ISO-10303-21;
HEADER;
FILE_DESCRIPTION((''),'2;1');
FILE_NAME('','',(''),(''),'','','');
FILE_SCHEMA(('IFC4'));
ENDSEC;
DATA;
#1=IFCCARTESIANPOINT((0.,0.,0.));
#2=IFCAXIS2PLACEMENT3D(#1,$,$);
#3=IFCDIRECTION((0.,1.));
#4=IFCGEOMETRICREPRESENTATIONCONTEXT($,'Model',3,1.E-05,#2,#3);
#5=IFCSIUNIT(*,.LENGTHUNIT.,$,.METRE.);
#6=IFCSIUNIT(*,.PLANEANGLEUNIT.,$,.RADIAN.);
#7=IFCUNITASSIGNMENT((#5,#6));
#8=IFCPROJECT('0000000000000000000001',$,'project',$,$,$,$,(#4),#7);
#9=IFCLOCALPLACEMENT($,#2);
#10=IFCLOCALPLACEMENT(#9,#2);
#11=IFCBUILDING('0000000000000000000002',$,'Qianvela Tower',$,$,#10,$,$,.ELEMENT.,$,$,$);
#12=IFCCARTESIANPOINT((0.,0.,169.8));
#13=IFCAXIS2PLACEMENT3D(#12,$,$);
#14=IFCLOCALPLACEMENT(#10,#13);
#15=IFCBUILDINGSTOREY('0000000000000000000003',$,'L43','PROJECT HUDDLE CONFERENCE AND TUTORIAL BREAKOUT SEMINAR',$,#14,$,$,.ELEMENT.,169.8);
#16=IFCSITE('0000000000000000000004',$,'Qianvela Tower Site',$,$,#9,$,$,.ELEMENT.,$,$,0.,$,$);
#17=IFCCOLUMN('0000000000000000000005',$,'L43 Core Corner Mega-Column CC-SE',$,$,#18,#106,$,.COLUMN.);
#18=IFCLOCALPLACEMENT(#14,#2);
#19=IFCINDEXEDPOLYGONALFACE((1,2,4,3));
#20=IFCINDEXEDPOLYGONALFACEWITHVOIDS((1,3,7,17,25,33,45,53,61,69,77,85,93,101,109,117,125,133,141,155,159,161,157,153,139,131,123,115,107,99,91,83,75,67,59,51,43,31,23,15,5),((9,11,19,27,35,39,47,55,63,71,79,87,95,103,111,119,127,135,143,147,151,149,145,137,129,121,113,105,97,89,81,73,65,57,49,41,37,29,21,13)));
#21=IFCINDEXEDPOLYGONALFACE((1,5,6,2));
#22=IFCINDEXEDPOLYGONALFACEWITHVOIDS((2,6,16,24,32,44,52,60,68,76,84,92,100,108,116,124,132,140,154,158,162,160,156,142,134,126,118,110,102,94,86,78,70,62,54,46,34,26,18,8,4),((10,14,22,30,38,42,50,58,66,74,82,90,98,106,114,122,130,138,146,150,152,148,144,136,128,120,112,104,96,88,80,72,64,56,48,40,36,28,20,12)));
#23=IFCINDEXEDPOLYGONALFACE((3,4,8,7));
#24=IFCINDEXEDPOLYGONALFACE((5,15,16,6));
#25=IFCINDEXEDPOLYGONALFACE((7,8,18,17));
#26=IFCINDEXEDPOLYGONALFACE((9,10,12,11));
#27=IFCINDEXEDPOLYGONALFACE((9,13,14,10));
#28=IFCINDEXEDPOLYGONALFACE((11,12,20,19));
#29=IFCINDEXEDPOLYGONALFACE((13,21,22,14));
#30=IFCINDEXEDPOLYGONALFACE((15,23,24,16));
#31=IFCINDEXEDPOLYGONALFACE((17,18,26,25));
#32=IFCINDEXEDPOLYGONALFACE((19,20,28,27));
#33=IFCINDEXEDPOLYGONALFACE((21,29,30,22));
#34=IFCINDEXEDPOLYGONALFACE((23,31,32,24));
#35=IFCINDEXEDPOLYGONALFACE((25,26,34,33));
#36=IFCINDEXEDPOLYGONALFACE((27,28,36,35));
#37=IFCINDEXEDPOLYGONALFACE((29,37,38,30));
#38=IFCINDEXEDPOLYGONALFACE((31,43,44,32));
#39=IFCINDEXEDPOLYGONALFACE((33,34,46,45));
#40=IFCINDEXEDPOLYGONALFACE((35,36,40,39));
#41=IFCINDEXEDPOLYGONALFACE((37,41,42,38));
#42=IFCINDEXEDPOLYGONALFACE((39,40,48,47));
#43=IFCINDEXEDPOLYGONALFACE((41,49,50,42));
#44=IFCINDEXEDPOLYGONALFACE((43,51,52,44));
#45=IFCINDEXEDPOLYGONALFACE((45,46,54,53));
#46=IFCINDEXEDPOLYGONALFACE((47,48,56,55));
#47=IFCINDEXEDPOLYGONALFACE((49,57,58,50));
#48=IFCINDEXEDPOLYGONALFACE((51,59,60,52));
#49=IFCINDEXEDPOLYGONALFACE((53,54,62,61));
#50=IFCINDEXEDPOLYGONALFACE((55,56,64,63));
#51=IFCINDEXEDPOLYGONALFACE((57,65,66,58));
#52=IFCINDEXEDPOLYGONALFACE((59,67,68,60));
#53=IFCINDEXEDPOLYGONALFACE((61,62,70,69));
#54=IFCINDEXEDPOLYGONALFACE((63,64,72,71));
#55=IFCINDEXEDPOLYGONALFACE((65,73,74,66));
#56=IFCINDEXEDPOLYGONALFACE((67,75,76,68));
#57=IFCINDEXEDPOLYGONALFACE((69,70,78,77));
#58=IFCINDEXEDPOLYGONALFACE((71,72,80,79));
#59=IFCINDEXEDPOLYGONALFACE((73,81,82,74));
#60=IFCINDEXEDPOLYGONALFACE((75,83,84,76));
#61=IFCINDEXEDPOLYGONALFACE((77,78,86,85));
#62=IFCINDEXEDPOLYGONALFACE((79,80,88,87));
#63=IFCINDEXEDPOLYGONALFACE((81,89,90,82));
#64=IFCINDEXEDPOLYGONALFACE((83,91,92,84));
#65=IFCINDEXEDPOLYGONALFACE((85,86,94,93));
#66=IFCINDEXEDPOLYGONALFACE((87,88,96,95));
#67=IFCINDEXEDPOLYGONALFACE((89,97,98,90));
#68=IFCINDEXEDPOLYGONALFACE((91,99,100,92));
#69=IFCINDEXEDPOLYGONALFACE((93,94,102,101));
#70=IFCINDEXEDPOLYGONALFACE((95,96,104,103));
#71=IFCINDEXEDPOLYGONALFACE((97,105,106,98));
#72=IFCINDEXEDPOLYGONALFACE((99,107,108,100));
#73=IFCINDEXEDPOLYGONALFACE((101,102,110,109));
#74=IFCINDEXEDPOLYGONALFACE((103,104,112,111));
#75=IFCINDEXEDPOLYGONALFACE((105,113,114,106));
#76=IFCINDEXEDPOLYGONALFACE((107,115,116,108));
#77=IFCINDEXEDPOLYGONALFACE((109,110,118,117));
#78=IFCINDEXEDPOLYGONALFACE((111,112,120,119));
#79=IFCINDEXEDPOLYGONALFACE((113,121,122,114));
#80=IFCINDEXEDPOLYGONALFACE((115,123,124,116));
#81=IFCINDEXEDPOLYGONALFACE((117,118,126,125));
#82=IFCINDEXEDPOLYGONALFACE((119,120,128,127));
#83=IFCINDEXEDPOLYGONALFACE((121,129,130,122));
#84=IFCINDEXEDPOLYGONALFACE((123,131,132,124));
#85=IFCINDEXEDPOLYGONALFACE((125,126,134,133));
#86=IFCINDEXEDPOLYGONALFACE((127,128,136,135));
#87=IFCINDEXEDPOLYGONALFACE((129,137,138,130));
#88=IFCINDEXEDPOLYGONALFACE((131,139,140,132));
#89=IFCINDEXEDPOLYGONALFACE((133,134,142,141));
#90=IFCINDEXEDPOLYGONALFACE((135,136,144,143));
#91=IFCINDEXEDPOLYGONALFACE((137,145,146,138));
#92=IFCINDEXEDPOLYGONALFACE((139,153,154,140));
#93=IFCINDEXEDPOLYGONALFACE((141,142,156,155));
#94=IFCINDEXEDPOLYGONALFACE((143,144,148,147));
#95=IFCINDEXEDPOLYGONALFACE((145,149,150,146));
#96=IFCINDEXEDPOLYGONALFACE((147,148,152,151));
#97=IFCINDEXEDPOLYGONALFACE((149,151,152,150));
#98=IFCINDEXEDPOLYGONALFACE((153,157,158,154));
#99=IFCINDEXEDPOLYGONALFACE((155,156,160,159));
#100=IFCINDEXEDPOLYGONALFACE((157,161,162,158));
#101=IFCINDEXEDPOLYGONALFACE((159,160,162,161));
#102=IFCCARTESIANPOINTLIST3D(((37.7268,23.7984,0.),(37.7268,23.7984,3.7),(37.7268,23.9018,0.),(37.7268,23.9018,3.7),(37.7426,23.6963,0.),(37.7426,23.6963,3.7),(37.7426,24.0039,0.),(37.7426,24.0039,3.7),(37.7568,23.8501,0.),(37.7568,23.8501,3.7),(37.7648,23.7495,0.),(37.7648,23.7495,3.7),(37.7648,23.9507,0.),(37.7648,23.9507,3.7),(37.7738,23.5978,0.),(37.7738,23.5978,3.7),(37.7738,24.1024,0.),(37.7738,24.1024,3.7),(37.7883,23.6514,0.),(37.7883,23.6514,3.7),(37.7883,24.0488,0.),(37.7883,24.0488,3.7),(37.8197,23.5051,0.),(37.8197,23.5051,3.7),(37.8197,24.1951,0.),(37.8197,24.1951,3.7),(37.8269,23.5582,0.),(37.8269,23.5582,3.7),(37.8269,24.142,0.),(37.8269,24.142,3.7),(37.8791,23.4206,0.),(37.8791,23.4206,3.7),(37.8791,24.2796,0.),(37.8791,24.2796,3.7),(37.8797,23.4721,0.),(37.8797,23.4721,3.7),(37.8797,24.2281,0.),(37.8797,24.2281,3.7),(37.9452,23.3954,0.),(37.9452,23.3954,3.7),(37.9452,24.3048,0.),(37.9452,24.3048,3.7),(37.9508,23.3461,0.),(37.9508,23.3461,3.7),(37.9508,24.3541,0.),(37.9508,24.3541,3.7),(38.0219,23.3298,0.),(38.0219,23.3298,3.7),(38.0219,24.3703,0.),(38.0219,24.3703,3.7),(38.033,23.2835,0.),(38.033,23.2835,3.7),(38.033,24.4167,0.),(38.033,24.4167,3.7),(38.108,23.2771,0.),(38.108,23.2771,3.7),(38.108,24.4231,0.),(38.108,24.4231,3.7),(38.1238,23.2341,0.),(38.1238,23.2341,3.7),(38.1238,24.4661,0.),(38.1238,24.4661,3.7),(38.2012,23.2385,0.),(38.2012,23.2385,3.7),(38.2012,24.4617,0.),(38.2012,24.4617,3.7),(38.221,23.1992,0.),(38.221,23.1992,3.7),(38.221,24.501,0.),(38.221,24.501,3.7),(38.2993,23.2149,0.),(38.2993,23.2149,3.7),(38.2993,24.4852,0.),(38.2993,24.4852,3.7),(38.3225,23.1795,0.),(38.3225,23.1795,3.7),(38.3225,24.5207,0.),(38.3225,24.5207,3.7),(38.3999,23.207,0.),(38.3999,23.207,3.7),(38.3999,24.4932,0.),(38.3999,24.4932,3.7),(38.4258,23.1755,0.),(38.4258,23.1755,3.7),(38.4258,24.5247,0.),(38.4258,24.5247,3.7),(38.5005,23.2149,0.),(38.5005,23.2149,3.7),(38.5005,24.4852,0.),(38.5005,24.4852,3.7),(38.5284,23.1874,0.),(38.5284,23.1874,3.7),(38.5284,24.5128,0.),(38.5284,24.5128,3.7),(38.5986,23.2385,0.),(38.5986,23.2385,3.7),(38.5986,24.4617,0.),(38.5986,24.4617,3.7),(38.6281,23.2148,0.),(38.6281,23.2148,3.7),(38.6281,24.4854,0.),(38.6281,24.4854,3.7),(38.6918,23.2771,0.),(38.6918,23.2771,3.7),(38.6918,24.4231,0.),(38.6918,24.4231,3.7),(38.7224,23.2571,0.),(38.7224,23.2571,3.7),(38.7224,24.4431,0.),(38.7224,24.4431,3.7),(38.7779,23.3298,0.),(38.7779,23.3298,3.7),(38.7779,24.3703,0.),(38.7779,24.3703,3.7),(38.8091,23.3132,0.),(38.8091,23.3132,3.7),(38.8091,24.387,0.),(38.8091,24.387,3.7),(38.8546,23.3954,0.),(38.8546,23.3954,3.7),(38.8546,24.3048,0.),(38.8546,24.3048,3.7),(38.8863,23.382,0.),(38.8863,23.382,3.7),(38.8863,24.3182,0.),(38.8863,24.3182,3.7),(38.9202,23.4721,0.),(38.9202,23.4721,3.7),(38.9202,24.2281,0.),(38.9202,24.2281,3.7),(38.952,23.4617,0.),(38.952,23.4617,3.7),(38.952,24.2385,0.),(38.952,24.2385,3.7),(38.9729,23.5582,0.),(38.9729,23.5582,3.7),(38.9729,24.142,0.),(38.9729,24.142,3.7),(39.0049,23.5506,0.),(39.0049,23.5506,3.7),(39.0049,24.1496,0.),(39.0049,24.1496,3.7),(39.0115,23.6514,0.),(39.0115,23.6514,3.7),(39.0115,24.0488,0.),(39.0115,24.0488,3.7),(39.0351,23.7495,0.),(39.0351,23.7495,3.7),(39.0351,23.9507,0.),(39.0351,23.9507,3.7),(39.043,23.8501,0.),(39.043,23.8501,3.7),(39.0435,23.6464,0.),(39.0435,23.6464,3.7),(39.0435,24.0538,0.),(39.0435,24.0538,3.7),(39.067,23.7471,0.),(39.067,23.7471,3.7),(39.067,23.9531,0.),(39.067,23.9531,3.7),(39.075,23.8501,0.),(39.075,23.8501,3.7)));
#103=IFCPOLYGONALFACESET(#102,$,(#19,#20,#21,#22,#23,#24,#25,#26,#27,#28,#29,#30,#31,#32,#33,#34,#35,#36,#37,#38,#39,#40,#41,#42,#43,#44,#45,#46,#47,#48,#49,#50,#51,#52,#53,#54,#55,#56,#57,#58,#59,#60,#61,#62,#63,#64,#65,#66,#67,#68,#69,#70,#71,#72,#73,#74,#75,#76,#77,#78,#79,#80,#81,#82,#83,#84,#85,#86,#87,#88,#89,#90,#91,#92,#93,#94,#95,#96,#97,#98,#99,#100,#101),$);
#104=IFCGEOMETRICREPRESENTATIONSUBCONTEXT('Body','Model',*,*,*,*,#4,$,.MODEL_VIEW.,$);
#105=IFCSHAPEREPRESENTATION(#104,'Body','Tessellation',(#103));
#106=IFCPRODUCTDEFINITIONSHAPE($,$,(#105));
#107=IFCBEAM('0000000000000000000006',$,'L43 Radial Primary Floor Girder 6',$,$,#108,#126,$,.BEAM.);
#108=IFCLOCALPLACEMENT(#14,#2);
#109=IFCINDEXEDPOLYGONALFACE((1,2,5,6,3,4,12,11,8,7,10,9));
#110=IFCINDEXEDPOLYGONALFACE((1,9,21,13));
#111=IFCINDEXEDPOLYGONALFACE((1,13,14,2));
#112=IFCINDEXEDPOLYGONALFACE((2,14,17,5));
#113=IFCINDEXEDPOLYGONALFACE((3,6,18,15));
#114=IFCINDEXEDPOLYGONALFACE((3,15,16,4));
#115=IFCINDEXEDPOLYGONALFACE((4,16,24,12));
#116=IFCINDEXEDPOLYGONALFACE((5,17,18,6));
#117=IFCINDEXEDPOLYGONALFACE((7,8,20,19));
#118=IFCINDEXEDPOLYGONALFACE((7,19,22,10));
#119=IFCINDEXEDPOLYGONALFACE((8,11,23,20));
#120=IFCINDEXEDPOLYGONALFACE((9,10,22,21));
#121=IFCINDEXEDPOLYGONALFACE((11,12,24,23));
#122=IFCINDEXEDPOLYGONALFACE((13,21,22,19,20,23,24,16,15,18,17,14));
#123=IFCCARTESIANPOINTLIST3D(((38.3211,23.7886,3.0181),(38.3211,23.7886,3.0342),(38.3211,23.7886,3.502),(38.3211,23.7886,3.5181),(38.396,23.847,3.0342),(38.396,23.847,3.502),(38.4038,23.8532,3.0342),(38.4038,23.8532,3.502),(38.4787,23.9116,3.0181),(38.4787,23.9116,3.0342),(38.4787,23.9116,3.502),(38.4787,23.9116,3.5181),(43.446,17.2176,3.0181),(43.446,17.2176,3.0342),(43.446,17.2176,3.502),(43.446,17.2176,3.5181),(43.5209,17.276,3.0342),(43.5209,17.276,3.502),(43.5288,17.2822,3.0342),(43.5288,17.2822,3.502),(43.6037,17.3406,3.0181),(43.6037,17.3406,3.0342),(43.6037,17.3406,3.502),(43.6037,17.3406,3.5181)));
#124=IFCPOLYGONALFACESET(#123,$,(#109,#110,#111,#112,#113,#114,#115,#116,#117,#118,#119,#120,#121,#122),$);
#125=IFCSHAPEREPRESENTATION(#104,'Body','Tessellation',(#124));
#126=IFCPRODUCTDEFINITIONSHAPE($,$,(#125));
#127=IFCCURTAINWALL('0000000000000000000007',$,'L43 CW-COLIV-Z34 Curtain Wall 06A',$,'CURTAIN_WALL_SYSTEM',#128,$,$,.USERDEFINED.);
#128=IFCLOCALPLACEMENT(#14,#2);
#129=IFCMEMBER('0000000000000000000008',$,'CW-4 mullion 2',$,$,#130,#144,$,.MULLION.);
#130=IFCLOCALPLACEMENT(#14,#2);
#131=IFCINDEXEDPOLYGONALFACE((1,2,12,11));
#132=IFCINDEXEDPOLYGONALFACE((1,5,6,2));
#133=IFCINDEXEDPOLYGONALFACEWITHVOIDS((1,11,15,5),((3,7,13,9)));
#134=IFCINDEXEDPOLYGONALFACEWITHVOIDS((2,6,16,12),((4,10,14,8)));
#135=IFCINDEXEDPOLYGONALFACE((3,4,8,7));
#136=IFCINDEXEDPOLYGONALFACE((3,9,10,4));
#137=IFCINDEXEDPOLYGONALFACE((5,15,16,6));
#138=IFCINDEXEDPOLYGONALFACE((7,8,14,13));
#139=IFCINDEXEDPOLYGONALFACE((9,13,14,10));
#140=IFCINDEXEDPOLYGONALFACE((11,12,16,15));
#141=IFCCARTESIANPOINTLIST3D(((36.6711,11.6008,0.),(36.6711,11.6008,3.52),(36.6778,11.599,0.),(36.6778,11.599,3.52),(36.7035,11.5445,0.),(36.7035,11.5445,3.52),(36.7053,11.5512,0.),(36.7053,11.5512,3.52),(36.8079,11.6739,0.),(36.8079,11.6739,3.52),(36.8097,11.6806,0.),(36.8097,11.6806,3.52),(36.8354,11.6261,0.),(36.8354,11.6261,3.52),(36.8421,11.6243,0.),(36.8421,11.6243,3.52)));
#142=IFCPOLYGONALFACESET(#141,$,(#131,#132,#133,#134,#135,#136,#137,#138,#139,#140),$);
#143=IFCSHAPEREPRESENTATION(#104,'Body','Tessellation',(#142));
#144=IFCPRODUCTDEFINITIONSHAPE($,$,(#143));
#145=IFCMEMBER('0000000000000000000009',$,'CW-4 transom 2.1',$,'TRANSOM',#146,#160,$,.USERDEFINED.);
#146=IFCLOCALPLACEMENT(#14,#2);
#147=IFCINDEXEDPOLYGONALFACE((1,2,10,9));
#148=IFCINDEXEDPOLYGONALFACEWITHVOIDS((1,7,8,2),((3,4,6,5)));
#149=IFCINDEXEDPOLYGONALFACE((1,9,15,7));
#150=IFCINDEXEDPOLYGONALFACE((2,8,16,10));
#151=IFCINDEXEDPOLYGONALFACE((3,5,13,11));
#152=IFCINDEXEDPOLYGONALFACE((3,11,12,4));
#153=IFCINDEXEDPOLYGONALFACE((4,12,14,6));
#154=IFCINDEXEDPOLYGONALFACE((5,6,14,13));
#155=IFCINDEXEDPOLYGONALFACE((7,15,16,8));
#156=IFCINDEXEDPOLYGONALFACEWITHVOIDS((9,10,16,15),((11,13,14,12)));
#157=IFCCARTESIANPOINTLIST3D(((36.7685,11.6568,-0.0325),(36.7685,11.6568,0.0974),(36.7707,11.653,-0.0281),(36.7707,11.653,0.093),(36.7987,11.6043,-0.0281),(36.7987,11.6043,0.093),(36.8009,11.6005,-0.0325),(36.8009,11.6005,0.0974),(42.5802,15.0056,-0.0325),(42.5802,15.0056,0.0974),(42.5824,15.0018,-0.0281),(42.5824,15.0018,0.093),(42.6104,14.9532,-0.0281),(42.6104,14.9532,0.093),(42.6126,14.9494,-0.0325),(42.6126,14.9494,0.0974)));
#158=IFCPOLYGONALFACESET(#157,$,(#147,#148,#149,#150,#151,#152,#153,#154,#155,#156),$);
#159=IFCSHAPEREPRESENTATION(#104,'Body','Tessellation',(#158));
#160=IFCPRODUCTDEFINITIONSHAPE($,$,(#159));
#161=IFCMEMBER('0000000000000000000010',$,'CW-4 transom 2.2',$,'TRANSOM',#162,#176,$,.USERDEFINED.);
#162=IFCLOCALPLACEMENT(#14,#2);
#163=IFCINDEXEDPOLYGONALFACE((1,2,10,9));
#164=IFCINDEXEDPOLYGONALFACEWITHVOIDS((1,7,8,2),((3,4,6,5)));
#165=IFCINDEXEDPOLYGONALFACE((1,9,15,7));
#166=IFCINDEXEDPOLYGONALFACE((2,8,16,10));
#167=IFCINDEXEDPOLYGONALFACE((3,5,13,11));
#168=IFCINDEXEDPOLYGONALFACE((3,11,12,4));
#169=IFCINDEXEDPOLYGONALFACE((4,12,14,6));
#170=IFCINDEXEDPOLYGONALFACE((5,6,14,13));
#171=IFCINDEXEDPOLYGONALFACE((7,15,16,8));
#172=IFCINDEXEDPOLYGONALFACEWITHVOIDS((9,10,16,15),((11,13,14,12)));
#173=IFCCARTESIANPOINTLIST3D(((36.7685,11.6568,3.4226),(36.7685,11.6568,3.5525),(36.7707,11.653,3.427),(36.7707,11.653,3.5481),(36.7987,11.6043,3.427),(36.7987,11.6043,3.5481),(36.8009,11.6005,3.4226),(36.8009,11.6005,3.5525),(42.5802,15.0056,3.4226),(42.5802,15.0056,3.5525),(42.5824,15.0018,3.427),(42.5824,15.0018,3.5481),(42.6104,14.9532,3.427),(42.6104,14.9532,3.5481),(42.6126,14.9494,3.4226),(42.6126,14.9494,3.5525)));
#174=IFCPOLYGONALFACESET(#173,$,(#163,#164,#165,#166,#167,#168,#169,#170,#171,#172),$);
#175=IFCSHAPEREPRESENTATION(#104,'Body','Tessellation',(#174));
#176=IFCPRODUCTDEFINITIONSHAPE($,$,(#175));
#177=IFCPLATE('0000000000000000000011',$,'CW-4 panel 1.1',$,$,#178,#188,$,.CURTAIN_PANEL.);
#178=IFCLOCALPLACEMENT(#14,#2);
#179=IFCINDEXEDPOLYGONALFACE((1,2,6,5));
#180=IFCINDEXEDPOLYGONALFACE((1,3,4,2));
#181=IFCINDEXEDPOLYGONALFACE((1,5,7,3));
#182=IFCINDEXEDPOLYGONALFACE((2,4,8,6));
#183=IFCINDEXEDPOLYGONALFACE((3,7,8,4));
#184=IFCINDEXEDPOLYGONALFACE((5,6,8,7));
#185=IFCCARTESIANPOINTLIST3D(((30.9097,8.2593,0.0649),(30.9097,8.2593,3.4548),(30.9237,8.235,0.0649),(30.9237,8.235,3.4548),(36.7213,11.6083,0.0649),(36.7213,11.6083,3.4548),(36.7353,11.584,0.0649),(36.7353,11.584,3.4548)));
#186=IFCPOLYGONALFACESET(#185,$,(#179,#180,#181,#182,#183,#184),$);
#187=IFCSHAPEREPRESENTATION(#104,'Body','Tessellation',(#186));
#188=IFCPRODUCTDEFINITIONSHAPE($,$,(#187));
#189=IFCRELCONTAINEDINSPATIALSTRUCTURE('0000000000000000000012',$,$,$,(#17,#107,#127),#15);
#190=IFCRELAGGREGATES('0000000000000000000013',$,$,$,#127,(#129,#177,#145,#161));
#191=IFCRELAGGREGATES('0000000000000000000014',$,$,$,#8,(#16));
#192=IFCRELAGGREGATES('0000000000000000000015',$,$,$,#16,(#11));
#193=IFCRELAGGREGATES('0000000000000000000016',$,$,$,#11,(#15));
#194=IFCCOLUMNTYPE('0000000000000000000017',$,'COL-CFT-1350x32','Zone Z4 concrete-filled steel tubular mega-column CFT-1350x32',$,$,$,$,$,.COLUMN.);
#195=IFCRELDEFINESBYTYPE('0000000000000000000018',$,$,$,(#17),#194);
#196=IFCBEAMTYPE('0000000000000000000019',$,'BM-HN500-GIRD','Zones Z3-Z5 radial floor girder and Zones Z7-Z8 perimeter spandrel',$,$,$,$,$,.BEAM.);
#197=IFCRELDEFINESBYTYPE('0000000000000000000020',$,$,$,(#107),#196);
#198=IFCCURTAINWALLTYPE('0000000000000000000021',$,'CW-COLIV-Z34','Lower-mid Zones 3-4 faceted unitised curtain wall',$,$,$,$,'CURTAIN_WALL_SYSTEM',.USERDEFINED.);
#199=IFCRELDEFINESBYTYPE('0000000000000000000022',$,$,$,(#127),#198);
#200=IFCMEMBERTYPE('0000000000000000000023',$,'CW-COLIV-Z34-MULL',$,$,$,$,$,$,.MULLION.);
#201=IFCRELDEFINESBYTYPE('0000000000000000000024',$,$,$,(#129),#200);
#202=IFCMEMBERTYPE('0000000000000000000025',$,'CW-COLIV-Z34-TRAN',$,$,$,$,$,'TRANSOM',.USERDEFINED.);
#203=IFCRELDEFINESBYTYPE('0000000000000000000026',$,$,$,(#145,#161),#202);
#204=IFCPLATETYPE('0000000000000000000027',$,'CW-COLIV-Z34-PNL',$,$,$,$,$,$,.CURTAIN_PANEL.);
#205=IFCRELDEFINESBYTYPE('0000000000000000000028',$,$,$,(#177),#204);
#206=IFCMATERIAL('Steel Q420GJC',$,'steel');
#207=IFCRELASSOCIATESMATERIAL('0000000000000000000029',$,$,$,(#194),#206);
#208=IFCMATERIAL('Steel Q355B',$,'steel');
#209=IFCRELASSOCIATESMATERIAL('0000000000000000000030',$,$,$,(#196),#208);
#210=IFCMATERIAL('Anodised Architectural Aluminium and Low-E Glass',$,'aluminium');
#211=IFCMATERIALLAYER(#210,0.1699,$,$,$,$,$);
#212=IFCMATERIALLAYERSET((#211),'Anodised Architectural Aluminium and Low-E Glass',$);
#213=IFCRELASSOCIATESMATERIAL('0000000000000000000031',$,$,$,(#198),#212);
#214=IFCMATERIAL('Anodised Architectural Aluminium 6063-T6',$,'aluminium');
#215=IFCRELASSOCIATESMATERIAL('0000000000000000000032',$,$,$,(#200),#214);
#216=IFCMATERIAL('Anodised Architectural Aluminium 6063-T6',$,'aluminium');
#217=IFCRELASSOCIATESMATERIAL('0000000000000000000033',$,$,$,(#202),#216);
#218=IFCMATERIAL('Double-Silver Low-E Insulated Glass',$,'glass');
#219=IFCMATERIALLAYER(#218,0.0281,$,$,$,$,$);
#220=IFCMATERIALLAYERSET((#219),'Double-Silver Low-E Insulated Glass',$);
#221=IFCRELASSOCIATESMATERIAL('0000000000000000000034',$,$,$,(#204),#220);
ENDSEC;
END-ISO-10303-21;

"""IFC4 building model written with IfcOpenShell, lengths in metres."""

from ifc_helpers import new_model, si_unit, direction, frame, origin, origin_2d, place, context, subcontext, project, spatial, rectangle, hollow_rectangle, hollow_circle, i_section, extrude, material, layer, layer_set, material_profile, profile_set, type_object, element, aggregate, save


model = new_model("IFC4")

# Units and contexts
model_context = context("Model", 3, precision=1e-05, world=origin(), true_north=direction((0.0, 1.0)))
body_context = subcontext(model_context, "Body", "Model", "MODEL_VIEW")
ifc_project = project(units=[si_unit("LENGTHUNIT", "METRE"), si_unit("PLANEANGLEUNIT", "RADIAN")], contexts=[model_context])

# Site, building, storey
site_placement = place(None, origin())
site = spatial("IfcSite", under=ifc_project, at=site_placement, Name="Qianvela Tower Site", CompositionType="ELEMENT", RefElevation=0.0)
building_placement = place(site_placement, origin())
building = spatial("IfcBuilding", under=site, at=building_placement, Name="Qianvela Tower", CompositionType="ELEMENT")
storey_placement = place(building_placement, frame((0.0, 0.0, 169.8)))
storey = spatial("IfcBuildingStorey", under=building, at=storey_placement, Name="L43", Description="PROJECT HUDDLE CONFERENCE AND TUTORIAL BREAKOUT SEMINAR", CompositionType="ELEMENT", Elevation=169.8)

# Column
ifc_material_1 = material(Name="Steel Q420GJC", Category="steel")
ifc_material_profile_1 = material_profile(ifc_material_1, hollow_circle(Radius=0.675, WallThickness=0.032, at=origin_2d()), Name="CFT-1350x32")
ifc_profile_set_1 = profile_set([ifc_material_profile_1], Name="Steel Q420GJC")
column_type = type_object("IfcColumnType", Name="COL-CFT-1350x32", Description="Zone Z4 concrete-filled steel tubular mega-column CFT-1350x32", PredefinedType="COLUMN", material=ifc_profile_set_1)
column_placement = place(storey_placement, frame((38.3999, 23.8501, 0.0), z_axis=(0.0, 0.0, 1.0), x_axis=(1.0, 0.0, 0.0)))
element("IfcColumn", 1, at=column_placement, inside=storey, type_object=column_type, Name="L43 Core Corner Mega-Column CC-SE", PredefinedType="COLUMN", context=body_context, shape_type="SweptSolid", body=[
    extrude(hollow_circle(Radius=0.675, WallThickness=0.032, at=origin_2d()), origin(), (0.0, 0.0, 1.0), 3.7),
])

# Beam
ifc_material_2 = material(Name="Steel Q355B", Category="steel")
ifc_material_profile_2 = material_profile(ifc_material_2, i_section(OverallWidth=0.2, OverallDepth=0.5, WebThickness=0.01, FlangeThickness=0.0161, at=origin_2d()), Name="HN500x200x10x16")
ifc_profile_set_2 = profile_set([ifc_material_profile_2], Name="Steel Q355B")
beam_type = type_object("IfcBeamType", Name="BM-HN500-GIRD", Description="Zones Z3-Z5 radial floor girder and Zones Z7-Z8 perimeter spandrel", PredefinedType="BEAM", material=ifc_profile_set_2)
beam_placement = place(storey_placement, frame((38.3999, 23.8501, 3.2681), z_axis=(0.615001, -0.788526, 0.0), x_axis=(0.788526, 0.615001, 0.0)))
element("IfcBeam", 2, at=beam_placement, inside=storey, type_object=beam_type, Name="L43 Radial Primary Floor Girder 6", PredefinedType="BEAM", context=body_context, shape_type="SweptSolid", body=[
    extrude(i_section(OverallWidth=0.2, OverallDepth=0.5, WebThickness=0.01, FlangeThickness=0.0161, at=origin_2d()), origin(), (0.0, 0.0, 1.0), 8.3333),
])

# Curtain wall, members, plate
ifc_material_3 = material(Name="Anodised Architectural Aluminium and Low-E Glass", Category="aluminium")
ifc_layer_1 = layer(ifc_material_3, 0.1699)
ifc_layer_set_1 = layer_set([ifc_layer_1], Name="Anodised Architectural Aluminium and Low-E Glass")
curtain_wall_type = type_object("IfcCurtainWallType", Name="CW-COLIV-Z34", Description="Lower-mid Zones 3-4 faceted unitised curtain wall", ElementType="CURTAIN_WALL_SYSTEM", PredefinedType="USERDEFINED", material=ifc_layer_set_1)
curtain_wall_placement = place(storey_placement, origin())
curtain_wall = element("IfcCurtainWall", 3, at=curtain_wall_placement, inside=storey, type_object=curtain_wall_type, Name="L43 CW-COLIV-Z34 Curtain Wall 06A", ObjectType="CURTAIN_WALL_SYSTEM", PredefinedType="USERDEFINED")
ifc_material_4 = material(Name="Anodised Architectural Aluminium 6063-T6", Category="aluminium")
ifc_material_profile_3 = material_profile(ifc_material_4, hollow_rectangle(XDim=0.0649, YDim=0.1599, WallThickness=0.0049, at=origin_2d()), Name="ALU-MULL-65x160")
ifc_profile_set_3 = profile_set([ifc_material_profile_3], Name="Anodised Architectural Aluminium 6063-T6")
member_type_1 = type_object("IfcMemberType", Name="CW-COLIV-Z34-MULL", PredefinedType="MULLION", material=ifc_profile_set_3)
member_1_placement = place(storey_placement, frame((36.7566, 11.6125, 0.0), z_axis=(0.0, 0.0, 1.0), x_axis=(-0.499287, 0.866436, 0.0)))
member_1 = element("IfcMember", 4, at=member_1_placement, type_object=member_type_1, Name="CW-4 mullion 2", PredefinedType="MULLION", context=body_context, shape_type="SweptSolid", body=[
    extrude(hollow_rectangle(XDim=0.0649, YDim=0.1599, WallThickness=0.0049, at=origin_2d()), origin(), (0.0, 0.0, 1.0), 3.52),
])
ifc_material_5 = material(Name="Anodised Architectural Aluminium 6063-T6", Category="aluminium")
ifc_material_profile_4 = material_profile(ifc_material_5, hollow_rectangle(XDim=0.0649, YDim=0.1299, WallThickness=0.0044, at=origin_2d()), Name="ALU-TRAN-65x130")
ifc_profile_set_4 = profile_set([ifc_material_profile_4], Name="Anodised Architectural Aluminium 6063-T6")
member_type_2 = type_object("IfcMemberType", Name="CW-COLIV-Z34-TRAN", ElementType="TRANSOM", PredefinedType="USERDEFINED", material=ifc_profile_set_4)
member_2_placement = place(storey_placement, frame((36.7847, 11.6287, 0.0325), z_axis=(0.866448, 0.499268, 0.0), x_axis=(-0.499268, 0.866448, 0.0)))
member_2 = element("IfcMember", 5, at=member_2_placement, type_object=member_type_2, Name="CW-4 transom 2.1", ObjectType="TRANSOM", PredefinedType="USERDEFINED", context=body_context, shape_type="SweptSolid", body=[
    extrude(hollow_rectangle(XDim=0.0649, YDim=0.1299, WallThickness=0.0044, at=origin_2d()), origin(), (0.0, 0.0, 1.0), 6.7075),
])
member_3_placement = place(storey_placement, frame((36.7847, 11.6287, 3.4875), z_axis=(0.866448, 0.499268, 0.0), x_axis=(-0.499268, 0.866448, 0.0)))
member_3 = element("IfcMember", 6, at=member_3_placement, type_object=member_type_2, Name="CW-4 transom 2.2", ObjectType="TRANSOM", PredefinedType="USERDEFINED", context=body_context, shape_type="SweptSolid", body=[
    extrude(hollow_rectangle(XDim=0.0649, YDim=0.1299, WallThickness=0.0044, at=origin_2d()), origin(), (0.0, 0.0, 1.0), 6.7075),
])
ifc_material_6 = material(Name="Double-Silver Low-E Insulated Glass", Category="glass")
ifc_layer_2 = layer(ifc_material_6, 0.0281)
ifc_layer_set_2 = layer_set([ifc_layer_2], Name="Double-Silver Low-E Insulated Glass")
plate_type = type_object("IfcPlateType", Name="CW-COLIV-Z34-PNL", PredefinedType="CURTAIN_PANEL", material=ifc_layer_set_2)
plate_1_placement = place(storey_placement, frame((33.8225, 9.9216, 0.0649), z_axis=(0.0, 0.0, 1.0), x_axis=(0.866436, 0.499287, 0.0)))
plate_1 = element("IfcPlate", 7, at=plate_1_placement, type_object=plate_type, Name="CW-4 panel 1.1", PredefinedType="CURTAIN_PANEL", context=body_context, shape_type="SweptSolid", body=[
    extrude(rectangle(XDim=6.7075, YDim=0.0281, at=origin_2d()), origin(), (0.0, 0.0, 1.0), 3.3899),
])
aggregate(curtain_wall, [member_1, plate_1, member_2, member_3])

save(model, "model.ifc")
